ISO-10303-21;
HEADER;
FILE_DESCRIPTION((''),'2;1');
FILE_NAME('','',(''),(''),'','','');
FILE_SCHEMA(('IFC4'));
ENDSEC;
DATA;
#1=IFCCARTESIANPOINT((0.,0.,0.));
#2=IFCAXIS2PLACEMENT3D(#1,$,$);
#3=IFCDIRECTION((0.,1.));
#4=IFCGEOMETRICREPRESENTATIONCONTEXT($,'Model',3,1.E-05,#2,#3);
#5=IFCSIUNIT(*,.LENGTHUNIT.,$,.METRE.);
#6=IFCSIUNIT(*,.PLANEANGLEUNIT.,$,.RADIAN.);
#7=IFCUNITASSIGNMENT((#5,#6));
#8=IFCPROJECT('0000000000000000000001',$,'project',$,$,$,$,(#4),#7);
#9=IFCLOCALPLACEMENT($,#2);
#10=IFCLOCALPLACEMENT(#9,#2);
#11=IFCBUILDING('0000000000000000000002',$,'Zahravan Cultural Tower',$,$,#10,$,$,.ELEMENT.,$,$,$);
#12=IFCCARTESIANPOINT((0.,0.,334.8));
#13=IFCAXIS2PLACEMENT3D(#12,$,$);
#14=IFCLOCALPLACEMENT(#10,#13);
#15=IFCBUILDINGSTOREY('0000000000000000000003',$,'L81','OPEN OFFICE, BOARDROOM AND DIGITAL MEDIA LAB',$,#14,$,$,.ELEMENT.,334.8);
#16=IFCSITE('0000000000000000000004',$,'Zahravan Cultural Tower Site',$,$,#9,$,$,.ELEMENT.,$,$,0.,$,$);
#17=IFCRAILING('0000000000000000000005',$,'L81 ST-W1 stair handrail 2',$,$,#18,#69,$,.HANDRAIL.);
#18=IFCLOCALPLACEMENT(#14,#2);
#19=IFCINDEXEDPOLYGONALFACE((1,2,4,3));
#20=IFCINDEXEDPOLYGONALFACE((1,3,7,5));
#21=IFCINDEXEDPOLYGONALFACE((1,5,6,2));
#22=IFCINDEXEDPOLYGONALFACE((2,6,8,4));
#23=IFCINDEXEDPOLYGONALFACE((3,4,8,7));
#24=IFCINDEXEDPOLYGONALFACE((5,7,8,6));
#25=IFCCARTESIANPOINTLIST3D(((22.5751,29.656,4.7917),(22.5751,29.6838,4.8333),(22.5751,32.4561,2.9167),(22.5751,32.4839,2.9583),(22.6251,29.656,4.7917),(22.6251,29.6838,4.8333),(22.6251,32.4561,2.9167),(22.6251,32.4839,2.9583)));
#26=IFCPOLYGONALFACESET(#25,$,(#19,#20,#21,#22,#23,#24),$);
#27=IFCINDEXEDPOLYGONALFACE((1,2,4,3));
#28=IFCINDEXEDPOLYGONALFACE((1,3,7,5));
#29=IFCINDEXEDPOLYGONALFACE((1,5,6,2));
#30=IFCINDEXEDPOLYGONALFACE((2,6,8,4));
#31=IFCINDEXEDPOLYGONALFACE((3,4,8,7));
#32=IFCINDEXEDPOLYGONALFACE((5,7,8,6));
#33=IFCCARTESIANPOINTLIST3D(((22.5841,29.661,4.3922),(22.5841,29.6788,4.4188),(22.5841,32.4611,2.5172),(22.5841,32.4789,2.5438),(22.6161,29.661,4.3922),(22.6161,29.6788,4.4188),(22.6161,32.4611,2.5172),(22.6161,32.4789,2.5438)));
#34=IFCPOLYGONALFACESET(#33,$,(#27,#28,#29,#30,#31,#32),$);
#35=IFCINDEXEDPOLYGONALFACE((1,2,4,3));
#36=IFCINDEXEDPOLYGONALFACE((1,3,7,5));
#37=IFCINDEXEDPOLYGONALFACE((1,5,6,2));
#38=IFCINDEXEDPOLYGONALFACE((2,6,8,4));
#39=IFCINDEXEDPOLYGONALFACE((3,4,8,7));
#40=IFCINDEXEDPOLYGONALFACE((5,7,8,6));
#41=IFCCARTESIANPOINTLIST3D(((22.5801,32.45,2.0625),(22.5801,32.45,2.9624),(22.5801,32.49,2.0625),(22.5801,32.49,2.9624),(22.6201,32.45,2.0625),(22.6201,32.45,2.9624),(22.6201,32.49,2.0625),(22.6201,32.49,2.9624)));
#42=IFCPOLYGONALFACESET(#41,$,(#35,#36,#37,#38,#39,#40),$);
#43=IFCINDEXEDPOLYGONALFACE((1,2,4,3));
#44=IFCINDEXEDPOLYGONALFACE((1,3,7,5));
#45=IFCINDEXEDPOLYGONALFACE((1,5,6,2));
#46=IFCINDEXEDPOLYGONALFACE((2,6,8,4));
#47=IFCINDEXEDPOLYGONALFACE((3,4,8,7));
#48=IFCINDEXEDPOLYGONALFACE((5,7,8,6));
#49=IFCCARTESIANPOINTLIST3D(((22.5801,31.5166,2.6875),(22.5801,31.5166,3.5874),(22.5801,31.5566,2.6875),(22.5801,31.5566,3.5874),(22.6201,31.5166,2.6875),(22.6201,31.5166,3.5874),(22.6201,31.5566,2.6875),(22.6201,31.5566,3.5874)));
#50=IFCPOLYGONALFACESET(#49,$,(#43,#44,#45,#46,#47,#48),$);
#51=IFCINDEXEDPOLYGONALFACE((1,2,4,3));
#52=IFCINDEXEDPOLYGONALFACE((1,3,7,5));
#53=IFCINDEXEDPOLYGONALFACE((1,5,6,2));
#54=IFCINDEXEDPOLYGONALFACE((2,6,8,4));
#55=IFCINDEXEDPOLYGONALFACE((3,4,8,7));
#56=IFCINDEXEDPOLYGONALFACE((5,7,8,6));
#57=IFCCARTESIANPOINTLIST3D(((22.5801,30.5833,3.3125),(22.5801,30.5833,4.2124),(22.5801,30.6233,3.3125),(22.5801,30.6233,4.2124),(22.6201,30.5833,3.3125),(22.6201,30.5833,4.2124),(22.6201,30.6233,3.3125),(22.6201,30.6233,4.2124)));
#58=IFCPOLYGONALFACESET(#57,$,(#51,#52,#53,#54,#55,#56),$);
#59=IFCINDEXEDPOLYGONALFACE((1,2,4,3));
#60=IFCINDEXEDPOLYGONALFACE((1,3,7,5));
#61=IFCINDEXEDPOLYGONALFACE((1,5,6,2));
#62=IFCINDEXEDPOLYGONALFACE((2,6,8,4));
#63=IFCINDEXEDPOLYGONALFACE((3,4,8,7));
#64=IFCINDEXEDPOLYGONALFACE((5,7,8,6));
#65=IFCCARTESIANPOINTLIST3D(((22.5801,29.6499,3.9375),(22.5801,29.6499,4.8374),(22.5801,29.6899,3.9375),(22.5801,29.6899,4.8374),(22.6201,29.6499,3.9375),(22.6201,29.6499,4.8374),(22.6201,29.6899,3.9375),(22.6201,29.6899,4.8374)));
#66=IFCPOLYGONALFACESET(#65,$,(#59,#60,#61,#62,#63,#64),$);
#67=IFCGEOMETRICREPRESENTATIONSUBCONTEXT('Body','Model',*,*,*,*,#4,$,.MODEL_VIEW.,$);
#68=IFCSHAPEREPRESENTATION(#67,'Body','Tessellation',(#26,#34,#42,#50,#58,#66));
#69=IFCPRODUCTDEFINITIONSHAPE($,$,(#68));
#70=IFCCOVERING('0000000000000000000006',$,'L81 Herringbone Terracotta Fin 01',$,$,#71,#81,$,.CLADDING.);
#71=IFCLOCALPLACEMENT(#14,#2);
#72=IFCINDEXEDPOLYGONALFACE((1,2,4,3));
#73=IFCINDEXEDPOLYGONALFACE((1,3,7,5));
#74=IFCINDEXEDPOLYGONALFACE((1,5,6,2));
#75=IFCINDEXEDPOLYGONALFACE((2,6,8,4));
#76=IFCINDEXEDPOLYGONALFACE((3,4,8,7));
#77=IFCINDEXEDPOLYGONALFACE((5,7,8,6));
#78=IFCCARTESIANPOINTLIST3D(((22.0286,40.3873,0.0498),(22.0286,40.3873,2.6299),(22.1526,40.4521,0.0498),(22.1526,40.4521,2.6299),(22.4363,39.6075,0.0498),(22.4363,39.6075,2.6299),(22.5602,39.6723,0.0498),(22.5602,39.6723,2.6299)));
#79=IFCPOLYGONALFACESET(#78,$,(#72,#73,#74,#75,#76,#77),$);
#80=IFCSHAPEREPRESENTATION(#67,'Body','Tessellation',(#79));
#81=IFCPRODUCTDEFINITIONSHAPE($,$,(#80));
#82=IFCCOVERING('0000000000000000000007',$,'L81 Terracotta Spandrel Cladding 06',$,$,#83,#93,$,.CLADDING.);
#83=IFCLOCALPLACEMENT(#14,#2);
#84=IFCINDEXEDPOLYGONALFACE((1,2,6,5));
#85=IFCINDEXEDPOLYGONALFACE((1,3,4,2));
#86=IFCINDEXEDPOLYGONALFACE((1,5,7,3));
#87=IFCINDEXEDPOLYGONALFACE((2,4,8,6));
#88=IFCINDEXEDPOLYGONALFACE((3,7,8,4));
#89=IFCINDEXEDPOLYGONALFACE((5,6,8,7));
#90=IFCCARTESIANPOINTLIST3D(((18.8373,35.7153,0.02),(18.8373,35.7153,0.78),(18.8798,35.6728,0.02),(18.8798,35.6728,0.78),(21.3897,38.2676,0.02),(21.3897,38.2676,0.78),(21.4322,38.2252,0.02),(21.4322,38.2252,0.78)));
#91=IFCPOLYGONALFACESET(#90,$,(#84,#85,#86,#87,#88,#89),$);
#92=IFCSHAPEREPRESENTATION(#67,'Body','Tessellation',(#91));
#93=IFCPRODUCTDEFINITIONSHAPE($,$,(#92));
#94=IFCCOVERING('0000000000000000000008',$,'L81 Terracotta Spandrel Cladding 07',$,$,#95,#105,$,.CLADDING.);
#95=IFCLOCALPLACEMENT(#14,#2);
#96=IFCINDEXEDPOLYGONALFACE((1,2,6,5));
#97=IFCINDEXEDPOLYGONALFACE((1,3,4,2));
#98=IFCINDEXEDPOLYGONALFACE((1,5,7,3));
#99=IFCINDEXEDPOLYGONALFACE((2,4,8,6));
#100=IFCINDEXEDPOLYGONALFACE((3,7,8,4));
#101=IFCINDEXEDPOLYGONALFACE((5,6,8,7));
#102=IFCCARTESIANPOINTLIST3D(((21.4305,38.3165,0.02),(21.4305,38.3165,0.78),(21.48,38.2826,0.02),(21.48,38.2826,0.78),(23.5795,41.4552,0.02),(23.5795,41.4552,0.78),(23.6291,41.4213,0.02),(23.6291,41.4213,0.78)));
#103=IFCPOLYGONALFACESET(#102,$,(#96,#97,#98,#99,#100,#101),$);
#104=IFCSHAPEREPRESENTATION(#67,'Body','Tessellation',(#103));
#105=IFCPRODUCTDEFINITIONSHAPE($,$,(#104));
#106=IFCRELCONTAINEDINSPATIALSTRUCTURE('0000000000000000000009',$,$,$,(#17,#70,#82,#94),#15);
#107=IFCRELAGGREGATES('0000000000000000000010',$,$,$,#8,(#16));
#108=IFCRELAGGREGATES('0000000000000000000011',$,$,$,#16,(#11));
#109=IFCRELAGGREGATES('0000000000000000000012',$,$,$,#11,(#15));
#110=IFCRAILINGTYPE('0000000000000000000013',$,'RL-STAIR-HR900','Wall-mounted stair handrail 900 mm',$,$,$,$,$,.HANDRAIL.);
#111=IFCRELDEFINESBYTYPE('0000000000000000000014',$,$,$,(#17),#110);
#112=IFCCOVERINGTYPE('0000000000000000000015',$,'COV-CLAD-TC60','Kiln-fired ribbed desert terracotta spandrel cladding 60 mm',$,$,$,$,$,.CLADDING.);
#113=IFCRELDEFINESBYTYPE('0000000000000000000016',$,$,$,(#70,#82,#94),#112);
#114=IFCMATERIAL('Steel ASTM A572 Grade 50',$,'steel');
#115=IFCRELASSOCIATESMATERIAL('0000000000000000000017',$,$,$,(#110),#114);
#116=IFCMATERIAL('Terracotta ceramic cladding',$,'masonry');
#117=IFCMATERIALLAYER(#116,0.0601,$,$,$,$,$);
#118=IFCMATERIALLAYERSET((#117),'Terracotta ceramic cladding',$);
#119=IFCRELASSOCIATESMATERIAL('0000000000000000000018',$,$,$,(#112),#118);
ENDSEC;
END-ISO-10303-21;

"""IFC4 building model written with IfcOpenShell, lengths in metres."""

from ifc_helpers import new_model, si_unit, direction, frame, origin, origin_2d, place, context, subcontext, project, spatial, rectangle, extrude, source, transform, mapped, material, layer, layer_set, type_object, element, save


model = new_model("IFC4")

# Units and contexts
model_context = context("Model", 3, precision=1e-05, world=origin(), true_north=direction((0.0, 1.0)))
body_context = subcontext(model_context, "Body", "Model", "MODEL_VIEW")
ifc_project = project(units=[si_unit("LENGTHUNIT", "METRE"), si_unit("PLANEANGLEUNIT", "RADIAN")], contexts=[model_context])

# Site, building, storey
site_placement = place(None, origin())
site = spatial("IfcSite", under=ifc_project, at=site_placement, Name="Zahravan Cultural Tower Site", CompositionType="ELEMENT", RefElevation=0.0)
building_placement = place(site_placement, origin())
building = spatial("IfcBuilding", under=site, at=building_placement, Name="Zahravan Cultural Tower", CompositionType="ELEMENT")
storey_placement = place(building_placement, frame((0.0, 0.0, 334.8)))
storey = spatial("IfcBuildingStorey", under=building, at=storey_placement, Name="L81", Description="OPEN OFFICE, BOARDROOM AND DIGITAL MEDIA LAB", CompositionType="ELEMENT", Elevation=334.8)

# Railing
ifc_material_1 = material(Name="Steel ASTM A572 Grade 50", Category="steel")
railing_type = type_object("IfcRailingType", Name="RL-STAIR-HR900", Description="Wall-mounted stair handrail 900 mm", PredefinedType="HANDRAIL", material=ifc_material_1)
railing_placement = place(storey_placement, frame((22.6001, 32.47, 2.0625)))
element("IfcRailing", 1, at=railing_placement, inside=storey, type_object=railing_type, Name="L81 ST-W1 stair handrail 2", PredefinedType="HANDRAIL", context=body_context, shape_type="SweptSolid", body=[
    extrude(rectangle(XDim=0.05, YDim=0.05, at=origin_2d()), frame((0.0, 0.0, 0.875), z_axis=(0.0, -0.830912, 0.556404), x_axis=(1.0, 0.0, 0.0)), (0.0, 0.0, 1.0), 3.3699),
    extrude(rectangle(XDim=0.032, YDim=0.032, at=origin_2d()), frame((0.0, 0.0, 0.468), z_axis=(0.0, -0.830912, 0.556404), x_axis=(1.0, 0.0, 0.0)), (0.0, 0.0, 1.0), 3.3699),
    extrude(rectangle(XDim=0.04, YDim=0.04, at=origin_2d()), origin(), (0.0, 0.0, 1.0), 0.8999),
    extrude(rectangle(XDim=0.04, YDim=0.04, at=origin_2d()), frame((0.0, -0.9333, 0.625)), (0.0, 0.0, 1.0), 0.8999),
    extrude(rectangle(XDim=0.04, YDim=0.04, at=origin_2d()), frame((0.0, -1.8667, 1.25)), (0.0, 0.0, 1.0), 0.8999),
    extrude(rectangle(XDim=0.04, YDim=0.04, at=origin_2d()), frame((0.0, -2.8, 1.875)), (0.0, 0.0, 1.0), 0.8999),
])

# Coverings
ifc_material_2 = material(Name="Terracotta ceramic cladding", Category="masonry")
ifc_layer_1 = layer(ifc_material_2, 0.0601)
ifc_layer_set_1 = layer_set([ifc_layer_1], Name="Terracotta ceramic cladding")
covering_type = type_object("IfcCoveringType", Name="COV-CLAD-TC60", Description="Kiln-fired ribbed desert terracotta spandrel cladding 60 mm", PredefinedType="CLADDING", material=ifc_layer_set_1)
shared_shape_1 = source(origin(), body_context, "Body", "SweptSolid", [
    extrude(rectangle(XDim=0.8799, YDim=0.1399, at=origin_2d()), origin(), (0.0, 0.0, 1.0), 2.5801),
])
covering_1_placement = place(storey_placement, frame((22.2944, 40.0298, 0.0498), z_axis=(0.0, 0.0, 1.0), x_axis=(-0.463312, 0.886195, 0.0)))
element("IfcCovering", 2, at=covering_1_placement, inside=storey, type_object=covering_type, Name="L81 Herringbone Terracotta Fin 01", PredefinedType="CLADDING", context=body_context, shape_type="MappedRepresentation", body=[
    mapped(shared_shape_1, transform((0.0, 0.0, 0.0), x_axis=(1.0, 0.0, 0.0), y_axis=(0.0, 1.0, 0.0), z_axis=(0.0, 0.0, 1.0), scale=1.0)),
])
shared_shape_2 = source(origin(), body_context, "Body", "SweptSolid", [
    extrude(rectangle(XDim=3.6096, YDim=0.0601, at=origin_2d()), origin(), (0.0, 0.0, 1.0), 0.76),
])
covering_2_placement = place(storey_placement, frame((20.1348, 36.9702, 0.02), z_axis=(0.0, 0.0, 1.0), x_axis=(0.707107, 0.707107, 0.0)))
element("IfcCovering", 3, at=covering_2_placement, inside=storey, type_object=covering_type, Name="L81 Terracotta Spandrel Cladding 06", PredefinedType="CLADDING", context=body_context, shape_type="MappedRepresentation", body=[
    mapped(shared_shape_2, transform((0.0, 0.0, 0.0), x_axis=(1.0, 0.0, 0.0), y_axis=(0.0, 1.0, 0.0), z_axis=(0.0, 0.0, 1.0), scale=1.0)),
])
shared_shape_3 = source(origin(), body_context, "Body", "SweptSolid", [
    extrude(rectangle(XDim=3.804, YDim=0.0601, at=origin_2d()), origin(), (0.0, 0.0, 1.0), 0.76),
])
covering_3_placement = place(storey_placement, frame((22.5298, 39.8689, 0.02), z_axis=(0.0, 0.0, 1.0), x_axis=(0.564953, 0.825123, 0.0)))
element("IfcCovering", 4, at=covering_3_placement, inside=storey, type_object=covering_type, Name="L81 Terracotta Spandrel Cladding 07", PredefinedType="CLADDING", context=body_context, shape_type="MappedRepresentation", body=[
    mapped(shared_shape_3, transform((0.0, 0.0, 0.0), x_axis=(1.0, 0.0, 0.0), y_axis=(0.0, 1.0, 0.0), z_axis=(0.0, 0.0, 1.0), scale=1.0)),
])

save(model, "model.ifc")
